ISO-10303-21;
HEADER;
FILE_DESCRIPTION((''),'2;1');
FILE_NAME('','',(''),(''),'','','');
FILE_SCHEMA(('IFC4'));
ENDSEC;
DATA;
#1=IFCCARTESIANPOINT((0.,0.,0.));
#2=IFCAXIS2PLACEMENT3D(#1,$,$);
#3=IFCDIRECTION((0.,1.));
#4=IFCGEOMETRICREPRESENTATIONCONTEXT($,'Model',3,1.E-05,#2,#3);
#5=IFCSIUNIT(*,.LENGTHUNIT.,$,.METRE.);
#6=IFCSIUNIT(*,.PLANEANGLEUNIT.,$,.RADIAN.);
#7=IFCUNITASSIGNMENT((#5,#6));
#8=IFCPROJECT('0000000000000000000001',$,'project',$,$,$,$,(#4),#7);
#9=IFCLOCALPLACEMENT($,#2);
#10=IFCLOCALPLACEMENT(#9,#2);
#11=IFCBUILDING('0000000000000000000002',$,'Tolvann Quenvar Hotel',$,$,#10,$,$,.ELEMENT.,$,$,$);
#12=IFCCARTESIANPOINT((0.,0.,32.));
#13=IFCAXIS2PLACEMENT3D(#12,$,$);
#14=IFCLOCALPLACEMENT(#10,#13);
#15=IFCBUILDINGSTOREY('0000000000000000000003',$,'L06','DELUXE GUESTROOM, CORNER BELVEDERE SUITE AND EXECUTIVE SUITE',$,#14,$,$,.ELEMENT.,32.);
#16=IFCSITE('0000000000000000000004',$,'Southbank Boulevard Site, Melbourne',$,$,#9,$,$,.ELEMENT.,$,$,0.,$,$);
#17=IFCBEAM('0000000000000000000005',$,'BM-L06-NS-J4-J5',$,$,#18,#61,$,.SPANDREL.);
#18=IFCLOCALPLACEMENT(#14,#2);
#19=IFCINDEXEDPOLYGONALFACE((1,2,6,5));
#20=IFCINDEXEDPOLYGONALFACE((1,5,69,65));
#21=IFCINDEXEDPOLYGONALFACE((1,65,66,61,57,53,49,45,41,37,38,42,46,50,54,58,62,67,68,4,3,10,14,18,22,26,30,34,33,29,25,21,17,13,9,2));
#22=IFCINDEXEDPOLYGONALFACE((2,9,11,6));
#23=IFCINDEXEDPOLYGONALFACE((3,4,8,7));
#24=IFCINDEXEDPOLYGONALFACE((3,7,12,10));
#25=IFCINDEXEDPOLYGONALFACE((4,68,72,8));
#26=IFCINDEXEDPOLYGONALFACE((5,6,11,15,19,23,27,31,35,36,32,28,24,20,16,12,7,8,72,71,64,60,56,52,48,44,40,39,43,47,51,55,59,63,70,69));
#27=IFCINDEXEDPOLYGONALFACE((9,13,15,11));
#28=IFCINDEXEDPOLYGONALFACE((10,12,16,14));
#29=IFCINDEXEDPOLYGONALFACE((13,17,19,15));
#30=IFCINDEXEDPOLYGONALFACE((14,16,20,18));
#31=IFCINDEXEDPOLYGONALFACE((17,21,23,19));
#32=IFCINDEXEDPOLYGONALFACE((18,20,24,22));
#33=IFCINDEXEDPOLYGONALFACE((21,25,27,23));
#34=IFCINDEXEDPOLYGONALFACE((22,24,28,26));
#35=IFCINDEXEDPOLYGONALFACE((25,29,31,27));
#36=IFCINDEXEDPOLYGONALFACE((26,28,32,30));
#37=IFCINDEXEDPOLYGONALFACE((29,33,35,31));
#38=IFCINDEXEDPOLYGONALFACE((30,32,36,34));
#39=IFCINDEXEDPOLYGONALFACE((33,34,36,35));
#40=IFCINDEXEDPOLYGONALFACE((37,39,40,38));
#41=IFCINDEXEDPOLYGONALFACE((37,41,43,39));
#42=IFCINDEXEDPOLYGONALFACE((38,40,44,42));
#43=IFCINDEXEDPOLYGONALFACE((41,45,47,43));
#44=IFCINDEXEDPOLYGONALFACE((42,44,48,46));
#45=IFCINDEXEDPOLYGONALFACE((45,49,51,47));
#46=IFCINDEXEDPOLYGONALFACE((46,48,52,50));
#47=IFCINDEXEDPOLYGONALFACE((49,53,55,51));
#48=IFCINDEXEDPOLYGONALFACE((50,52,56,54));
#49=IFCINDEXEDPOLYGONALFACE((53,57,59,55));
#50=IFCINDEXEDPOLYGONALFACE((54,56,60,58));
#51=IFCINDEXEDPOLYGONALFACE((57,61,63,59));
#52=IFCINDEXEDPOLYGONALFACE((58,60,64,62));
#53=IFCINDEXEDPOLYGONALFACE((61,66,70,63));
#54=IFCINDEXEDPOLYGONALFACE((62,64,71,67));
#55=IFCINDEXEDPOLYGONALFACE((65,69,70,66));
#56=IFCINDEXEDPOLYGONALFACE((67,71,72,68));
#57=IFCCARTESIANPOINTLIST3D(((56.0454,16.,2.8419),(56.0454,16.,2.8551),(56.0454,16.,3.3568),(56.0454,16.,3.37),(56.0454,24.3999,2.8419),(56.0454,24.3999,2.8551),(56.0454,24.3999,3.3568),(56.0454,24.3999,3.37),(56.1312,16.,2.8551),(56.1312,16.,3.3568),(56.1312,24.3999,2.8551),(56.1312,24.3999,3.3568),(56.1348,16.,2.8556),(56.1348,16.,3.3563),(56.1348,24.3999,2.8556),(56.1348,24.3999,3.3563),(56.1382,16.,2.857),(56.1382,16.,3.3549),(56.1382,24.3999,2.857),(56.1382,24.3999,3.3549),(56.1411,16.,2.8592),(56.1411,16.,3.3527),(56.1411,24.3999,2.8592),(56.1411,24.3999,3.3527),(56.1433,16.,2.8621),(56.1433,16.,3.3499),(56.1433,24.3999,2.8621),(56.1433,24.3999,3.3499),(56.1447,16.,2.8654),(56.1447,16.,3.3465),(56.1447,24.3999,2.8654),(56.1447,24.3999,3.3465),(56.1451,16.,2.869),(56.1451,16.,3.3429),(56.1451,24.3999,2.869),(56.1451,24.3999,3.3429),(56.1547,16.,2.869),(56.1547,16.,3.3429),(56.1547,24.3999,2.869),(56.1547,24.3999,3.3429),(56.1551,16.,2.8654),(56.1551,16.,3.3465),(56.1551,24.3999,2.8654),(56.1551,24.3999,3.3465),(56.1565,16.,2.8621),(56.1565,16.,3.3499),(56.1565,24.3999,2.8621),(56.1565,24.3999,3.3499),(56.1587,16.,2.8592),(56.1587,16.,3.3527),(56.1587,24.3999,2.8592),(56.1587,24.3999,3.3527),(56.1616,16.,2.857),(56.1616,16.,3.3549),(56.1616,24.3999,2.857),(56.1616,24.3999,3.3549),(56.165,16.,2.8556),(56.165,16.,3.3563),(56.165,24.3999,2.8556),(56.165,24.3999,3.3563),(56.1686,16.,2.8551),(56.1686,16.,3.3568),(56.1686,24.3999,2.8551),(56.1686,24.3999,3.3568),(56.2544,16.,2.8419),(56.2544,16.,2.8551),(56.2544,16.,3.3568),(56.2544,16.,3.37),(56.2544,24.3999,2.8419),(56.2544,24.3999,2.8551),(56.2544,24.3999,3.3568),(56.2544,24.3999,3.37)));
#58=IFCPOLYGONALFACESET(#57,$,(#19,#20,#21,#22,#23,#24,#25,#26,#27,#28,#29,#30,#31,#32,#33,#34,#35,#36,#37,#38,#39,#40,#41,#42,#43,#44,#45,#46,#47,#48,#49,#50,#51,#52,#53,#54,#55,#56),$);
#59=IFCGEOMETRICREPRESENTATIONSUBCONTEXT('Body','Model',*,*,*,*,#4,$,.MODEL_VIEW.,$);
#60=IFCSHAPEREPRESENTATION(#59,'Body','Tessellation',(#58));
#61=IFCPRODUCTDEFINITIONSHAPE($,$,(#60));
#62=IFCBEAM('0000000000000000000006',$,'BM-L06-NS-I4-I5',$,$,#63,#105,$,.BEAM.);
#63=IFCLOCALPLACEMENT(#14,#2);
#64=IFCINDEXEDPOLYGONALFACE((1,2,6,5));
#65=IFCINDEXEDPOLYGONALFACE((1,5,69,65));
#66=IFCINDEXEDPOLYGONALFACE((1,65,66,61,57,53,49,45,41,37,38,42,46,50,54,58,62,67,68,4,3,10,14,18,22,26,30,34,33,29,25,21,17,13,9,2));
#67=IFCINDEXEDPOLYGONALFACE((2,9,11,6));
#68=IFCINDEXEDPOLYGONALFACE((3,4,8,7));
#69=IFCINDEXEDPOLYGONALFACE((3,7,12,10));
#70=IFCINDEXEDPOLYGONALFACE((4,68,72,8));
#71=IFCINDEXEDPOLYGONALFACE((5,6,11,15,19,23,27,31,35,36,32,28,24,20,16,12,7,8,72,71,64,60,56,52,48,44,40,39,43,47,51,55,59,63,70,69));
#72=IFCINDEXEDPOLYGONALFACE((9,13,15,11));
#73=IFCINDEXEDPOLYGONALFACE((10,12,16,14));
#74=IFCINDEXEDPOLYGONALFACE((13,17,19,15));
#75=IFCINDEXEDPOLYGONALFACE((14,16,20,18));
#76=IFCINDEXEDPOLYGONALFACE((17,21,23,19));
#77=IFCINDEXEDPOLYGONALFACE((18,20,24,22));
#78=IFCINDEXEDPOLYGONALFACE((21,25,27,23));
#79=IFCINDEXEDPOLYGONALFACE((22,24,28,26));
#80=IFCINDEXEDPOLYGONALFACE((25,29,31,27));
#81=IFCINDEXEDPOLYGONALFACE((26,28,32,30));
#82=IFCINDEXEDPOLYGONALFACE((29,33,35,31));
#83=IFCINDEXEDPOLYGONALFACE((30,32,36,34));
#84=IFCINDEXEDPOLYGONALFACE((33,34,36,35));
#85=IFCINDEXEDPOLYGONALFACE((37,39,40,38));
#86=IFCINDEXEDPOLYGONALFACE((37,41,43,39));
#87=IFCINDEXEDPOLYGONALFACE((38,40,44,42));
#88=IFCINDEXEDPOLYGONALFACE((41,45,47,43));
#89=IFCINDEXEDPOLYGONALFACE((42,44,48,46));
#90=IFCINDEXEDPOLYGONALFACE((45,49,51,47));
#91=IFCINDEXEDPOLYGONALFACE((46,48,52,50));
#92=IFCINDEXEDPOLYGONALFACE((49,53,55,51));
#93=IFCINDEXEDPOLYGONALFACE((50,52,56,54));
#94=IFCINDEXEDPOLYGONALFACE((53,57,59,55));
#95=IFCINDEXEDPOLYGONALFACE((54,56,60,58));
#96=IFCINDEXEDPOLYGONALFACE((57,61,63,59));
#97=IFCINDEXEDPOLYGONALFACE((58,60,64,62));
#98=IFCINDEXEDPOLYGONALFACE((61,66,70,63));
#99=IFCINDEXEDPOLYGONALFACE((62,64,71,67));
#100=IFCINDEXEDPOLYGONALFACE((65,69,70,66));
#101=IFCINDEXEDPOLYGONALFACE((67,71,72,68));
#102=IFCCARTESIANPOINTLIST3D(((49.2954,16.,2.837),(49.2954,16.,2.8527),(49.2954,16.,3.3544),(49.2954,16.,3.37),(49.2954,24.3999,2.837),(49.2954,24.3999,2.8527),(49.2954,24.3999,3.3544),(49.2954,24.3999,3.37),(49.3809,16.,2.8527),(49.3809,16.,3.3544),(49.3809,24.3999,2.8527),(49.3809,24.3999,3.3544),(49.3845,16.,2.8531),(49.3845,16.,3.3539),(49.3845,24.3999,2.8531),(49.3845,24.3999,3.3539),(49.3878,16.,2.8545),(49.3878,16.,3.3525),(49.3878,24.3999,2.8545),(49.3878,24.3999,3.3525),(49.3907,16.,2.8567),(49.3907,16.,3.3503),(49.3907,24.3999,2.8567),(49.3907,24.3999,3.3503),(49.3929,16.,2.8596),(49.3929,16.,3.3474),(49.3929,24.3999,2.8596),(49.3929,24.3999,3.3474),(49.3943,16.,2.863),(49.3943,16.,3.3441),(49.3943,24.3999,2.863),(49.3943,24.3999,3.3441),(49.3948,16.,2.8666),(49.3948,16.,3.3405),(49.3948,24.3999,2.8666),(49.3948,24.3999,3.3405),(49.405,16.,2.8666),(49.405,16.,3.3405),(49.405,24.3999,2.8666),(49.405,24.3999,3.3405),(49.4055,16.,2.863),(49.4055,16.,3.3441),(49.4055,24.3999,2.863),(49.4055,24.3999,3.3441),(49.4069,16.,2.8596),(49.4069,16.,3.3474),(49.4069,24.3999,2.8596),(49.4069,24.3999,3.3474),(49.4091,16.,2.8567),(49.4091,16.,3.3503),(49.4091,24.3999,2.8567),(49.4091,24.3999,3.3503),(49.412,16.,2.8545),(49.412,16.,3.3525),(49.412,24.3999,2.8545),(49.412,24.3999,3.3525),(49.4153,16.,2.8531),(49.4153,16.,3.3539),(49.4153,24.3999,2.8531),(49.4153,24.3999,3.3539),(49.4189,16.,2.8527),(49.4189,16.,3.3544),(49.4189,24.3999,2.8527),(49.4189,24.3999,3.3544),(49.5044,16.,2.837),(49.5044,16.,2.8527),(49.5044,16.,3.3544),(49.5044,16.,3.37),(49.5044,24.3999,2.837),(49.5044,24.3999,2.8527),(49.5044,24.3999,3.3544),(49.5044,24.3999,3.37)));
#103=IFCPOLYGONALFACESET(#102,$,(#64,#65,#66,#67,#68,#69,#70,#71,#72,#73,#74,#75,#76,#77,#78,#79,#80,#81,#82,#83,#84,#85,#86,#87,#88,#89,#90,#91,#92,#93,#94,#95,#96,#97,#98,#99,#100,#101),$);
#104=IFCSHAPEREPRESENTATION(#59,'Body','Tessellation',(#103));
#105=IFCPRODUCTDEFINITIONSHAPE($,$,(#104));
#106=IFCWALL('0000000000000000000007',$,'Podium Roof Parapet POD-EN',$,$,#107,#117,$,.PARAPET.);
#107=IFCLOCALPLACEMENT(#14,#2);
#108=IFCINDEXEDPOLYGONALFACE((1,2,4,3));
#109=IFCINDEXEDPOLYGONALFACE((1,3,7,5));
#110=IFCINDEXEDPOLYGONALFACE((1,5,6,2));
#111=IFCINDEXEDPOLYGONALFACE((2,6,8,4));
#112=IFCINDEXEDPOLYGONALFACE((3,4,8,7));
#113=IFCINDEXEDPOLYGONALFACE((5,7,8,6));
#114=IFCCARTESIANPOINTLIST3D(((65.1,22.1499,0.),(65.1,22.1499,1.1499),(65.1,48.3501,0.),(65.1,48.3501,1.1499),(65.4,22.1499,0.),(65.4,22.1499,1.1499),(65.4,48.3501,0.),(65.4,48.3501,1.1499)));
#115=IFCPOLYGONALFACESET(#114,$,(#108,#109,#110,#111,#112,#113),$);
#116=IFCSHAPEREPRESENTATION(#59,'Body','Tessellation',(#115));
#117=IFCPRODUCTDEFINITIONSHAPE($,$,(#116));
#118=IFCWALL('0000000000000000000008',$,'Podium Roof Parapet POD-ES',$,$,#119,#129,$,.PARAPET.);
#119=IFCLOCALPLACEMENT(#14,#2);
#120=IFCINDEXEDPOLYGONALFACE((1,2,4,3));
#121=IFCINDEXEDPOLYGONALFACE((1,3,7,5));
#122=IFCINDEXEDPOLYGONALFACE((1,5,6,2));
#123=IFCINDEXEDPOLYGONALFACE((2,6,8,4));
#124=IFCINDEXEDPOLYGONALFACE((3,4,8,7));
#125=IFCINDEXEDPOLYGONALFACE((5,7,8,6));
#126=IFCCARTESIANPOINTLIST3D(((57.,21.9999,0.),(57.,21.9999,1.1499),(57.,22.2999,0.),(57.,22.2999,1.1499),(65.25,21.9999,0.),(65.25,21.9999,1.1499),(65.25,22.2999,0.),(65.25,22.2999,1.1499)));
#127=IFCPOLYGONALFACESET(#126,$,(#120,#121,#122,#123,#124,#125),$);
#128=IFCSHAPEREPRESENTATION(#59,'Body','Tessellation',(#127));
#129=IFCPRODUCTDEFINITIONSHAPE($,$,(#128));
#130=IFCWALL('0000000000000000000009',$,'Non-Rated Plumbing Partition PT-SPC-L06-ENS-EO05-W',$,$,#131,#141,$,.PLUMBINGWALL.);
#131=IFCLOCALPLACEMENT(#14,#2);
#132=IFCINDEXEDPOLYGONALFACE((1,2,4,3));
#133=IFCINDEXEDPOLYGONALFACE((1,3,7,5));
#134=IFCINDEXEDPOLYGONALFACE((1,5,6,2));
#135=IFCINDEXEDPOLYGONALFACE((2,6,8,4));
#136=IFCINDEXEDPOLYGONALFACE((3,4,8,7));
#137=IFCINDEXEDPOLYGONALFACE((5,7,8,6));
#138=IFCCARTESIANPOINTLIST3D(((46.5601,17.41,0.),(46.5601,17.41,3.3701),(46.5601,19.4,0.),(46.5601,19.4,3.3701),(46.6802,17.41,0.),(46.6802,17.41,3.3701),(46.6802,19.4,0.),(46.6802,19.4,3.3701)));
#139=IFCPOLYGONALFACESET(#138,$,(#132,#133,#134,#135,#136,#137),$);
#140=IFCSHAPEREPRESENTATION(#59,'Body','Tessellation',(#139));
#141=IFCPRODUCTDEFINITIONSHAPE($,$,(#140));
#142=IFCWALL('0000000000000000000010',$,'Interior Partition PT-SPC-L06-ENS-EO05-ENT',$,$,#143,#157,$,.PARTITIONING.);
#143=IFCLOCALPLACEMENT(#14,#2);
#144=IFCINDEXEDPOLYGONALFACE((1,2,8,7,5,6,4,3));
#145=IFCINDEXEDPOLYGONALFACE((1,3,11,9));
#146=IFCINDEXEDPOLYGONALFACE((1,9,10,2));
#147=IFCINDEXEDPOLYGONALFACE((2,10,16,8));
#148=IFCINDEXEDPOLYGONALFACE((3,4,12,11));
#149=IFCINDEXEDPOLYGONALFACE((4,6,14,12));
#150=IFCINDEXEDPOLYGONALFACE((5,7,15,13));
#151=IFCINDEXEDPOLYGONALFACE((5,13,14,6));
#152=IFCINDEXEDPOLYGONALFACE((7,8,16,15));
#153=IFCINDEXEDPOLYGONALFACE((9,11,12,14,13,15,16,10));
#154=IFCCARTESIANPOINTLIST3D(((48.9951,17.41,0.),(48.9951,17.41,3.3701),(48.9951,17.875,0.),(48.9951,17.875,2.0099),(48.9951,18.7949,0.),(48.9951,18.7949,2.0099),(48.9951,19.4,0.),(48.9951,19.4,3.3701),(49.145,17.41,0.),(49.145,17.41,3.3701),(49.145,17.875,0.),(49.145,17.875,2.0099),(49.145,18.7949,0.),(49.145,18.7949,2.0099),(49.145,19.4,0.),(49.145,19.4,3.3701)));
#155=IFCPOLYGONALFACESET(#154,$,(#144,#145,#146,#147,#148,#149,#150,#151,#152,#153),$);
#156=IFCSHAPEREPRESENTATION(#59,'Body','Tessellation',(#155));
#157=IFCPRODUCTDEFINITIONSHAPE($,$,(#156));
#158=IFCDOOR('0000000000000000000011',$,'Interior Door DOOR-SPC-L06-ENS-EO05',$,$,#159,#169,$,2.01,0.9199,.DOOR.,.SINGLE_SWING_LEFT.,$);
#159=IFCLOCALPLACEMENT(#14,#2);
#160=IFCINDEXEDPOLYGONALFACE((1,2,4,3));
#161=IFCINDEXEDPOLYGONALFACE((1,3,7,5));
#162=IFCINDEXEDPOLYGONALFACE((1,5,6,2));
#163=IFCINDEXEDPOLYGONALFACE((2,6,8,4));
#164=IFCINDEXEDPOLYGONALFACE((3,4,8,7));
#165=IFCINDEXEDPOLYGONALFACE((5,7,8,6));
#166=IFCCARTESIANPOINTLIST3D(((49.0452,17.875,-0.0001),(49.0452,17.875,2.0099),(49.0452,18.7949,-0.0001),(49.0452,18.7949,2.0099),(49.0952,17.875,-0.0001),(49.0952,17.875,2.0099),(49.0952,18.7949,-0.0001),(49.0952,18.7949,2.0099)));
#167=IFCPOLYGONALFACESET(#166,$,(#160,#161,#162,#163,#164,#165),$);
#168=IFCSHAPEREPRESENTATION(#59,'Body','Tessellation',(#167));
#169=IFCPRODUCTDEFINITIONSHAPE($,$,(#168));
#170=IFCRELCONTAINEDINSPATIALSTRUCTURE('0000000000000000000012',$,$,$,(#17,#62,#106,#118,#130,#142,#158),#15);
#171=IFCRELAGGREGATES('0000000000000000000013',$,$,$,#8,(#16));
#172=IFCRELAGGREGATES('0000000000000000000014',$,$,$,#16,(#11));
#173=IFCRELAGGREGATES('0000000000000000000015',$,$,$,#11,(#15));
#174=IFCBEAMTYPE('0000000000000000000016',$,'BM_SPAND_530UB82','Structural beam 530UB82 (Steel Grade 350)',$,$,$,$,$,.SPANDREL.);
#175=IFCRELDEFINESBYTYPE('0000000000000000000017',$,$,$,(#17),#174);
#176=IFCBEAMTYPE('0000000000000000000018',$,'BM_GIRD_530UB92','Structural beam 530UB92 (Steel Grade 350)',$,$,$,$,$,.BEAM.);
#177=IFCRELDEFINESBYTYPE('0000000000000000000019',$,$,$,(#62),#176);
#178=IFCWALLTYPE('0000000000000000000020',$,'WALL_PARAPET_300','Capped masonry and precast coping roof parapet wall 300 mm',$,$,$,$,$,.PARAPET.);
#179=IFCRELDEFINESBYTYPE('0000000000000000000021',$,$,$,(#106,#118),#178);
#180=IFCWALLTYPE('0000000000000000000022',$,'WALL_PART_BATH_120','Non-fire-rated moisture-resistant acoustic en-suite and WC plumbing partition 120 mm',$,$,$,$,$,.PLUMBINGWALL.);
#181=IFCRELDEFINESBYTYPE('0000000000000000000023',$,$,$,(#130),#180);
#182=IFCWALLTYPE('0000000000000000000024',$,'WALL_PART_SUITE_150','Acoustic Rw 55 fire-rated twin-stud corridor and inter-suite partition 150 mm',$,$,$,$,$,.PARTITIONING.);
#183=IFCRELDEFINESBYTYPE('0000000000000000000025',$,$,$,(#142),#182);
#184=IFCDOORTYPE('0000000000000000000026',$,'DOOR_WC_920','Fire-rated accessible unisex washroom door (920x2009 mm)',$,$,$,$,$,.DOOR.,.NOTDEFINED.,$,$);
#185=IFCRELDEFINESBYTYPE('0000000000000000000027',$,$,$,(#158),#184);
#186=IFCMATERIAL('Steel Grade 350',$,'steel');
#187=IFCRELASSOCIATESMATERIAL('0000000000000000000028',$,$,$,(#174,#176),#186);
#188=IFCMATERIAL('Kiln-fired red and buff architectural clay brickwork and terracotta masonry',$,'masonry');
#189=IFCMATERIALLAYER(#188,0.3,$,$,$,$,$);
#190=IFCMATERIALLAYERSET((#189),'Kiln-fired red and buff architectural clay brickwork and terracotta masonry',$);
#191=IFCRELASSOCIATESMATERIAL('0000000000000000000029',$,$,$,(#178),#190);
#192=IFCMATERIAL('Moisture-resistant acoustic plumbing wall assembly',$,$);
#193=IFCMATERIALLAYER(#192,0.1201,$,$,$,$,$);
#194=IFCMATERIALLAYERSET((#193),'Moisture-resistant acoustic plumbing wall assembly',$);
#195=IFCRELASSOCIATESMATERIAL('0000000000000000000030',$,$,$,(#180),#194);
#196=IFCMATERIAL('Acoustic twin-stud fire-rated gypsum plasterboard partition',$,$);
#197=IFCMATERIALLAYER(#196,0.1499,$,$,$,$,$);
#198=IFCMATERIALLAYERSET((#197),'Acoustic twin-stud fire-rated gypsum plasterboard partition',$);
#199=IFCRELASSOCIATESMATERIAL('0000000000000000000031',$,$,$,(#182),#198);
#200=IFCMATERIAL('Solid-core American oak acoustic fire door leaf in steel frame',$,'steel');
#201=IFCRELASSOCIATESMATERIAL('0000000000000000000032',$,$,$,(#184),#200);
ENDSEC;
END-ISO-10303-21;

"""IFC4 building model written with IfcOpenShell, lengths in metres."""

from ifc_helpers import new_model, si_unit, direction, frame, frame_2d, origin, origin_2d, place, context, subcontext, project, spatial, rectangle, i_section, extrude, source, transform, mapped, material, layer, layer_set, material_profile, profile_set, type_object, type_shapes, element, fill, save


model = new_model("IFC4")

# Units and contexts
model_context = context("Model", 3, precision=1e-05, world=origin(), true_north=direction((0.0, 1.0)))
body_context = subcontext(model_context, "Body", "Model", "MODEL_VIEW")
ifc_project = project(units=[si_unit("LENGTHUNIT", "METRE"), si_unit("PLANEANGLEUNIT", "RADIAN")], contexts=[model_context])

# Site, building, storey
site_placement = place(None, origin())
site = spatial("IfcSite", under=ifc_project, at=site_placement, Name="Southbank Boulevard Site, Melbourne", CompositionType="ELEMENT", RefElevation=0.0)
building_placement = place(site_placement, origin())
building = spatial("IfcBuilding", under=site, at=building_placement, Name="Tolvann Quenvar Hotel", CompositionType="ELEMENT")
storey_placement = place(building_placement, frame((0.0, 0.0, 32.0)))
storey = spatial("IfcBuildingStorey", under=building, at=storey_placement, Name="L06", Description="DELUXE GUESTROOM, CORNER BELVEDERE SUITE AND EXECUTIVE SUITE", CompositionType="ELEMENT", Elevation=32.0)

# Shared definitions
ifc_material_1 = material(Name="Steel Grade 350", Category="steel")

# Beams
ifc_material_profile_1 = material_profile(ifc_material_1, i_section(OverallWidth=0.209, OverallDepth=0.5281, WebThickness=0.0095, FlangeThickness=0.0132, FilletRadius=0.0139, at=origin_2d()), Name="530UB82")
ifc_profile_set_1 = profile_set([ifc_material_profile_1], Name="Steel Grade 350")
beam_type_1 = type_object("IfcBeamType", Name="BM_SPAND_530UB82", Description="Structural beam 530UB82 (Steel Grade 350)", PredefinedType="SPANDREL", material=ifc_profile_set_1)
shared_shape_1 = source(origin(), body_context, "Body", "SweptSolid", [
    extrude(i_section(OverallWidth=0.209, OverallDepth=0.5281, WebThickness=0.0095, FlangeThickness=0.0132, FilletRadius=0.0139, at=origin_2d()), origin(), (0.0, 0.0, 1.0), 8.3999),
])
type_shapes(beam_type_1, [shared_shape_1])
beam_1_placement = place(storey_placement, frame((56.1499, 16.0, 3.106), z_axis=(0.0, 1.0, 0.0), x_axis=(-1.0, 0.0, 0.0)))
element("IfcBeam", 1, at=beam_1_placement, inside=storey, type_object=beam_type_1, Name="BM-L06-NS-J4-J5", PredefinedType="SPANDREL", context=body_context, shape_type="MappedRepresentation", body=[
    mapped(shared_shape_1, transform((0.0, 0.0, 0.0), x_axis=(1.0, 0.0, 0.0), y_axis=(0.0, 1.0, 0.0), z_axis=(0.0, 0.0, 1.0), scale=1.0)),
])
ifc_material_profile_2 = material_profile(ifc_material_1, i_section(OverallWidth=0.209, OverallDepth=0.533, WebThickness=0.0103, FlangeThickness=0.0156, FilletRadius=0.0139, at=origin_2d()), Name="530UB92")
ifc_profile_set_2 = profile_set([ifc_material_profile_2], Name="Steel Grade 350")
beam_type_2 = type_object("IfcBeamType", Name="BM_GIRD_530UB92", Description="Structural beam 530UB92 (Steel Grade 350)", PredefinedType="BEAM", material=ifc_profile_set_2)
shared_shape_2 = source(origin(), body_context, "Body", "SweptSolid", [
    extrude(i_section(OverallWidth=0.209, OverallDepth=0.533, WebThickness=0.0103, FlangeThickness=0.0156, FilletRadius=0.0139, at=origin_2d()), origin(), (0.0, 0.0, 1.0), 8.3999),
])
type_shapes(beam_type_2, [shared_shape_2])
beam_2_placement = place(storey_placement, frame((49.3999, 16.0, 3.1035), z_axis=(0.0, 1.0, 0.0), x_axis=(-1.0, 0.0, 0.0)))
element("IfcBeam", 2, at=beam_2_placement, inside=storey, type_object=beam_type_2, Name="BM-L06-NS-I4-I5", PredefinedType="BEAM", context=body_context, shape_type="MappedRepresentation", body=[
    mapped(shared_shape_2, transform((0.0, 0.0, 0.0), x_axis=(1.0, 0.0, 0.0), y_axis=(0.0, 1.0, 0.0), z_axis=(0.0, 0.0, 1.0), scale=1.0)),
])

# Walls
ifc_material_2 = material(Name="Kiln-fired red and buff architectural clay brickwork and terracotta masonry", Category="masonry")
ifc_layer_1 = layer(ifc_material_2, 0.3)
ifc_layer_set_1 = layer_set([ifc_layer_1], Name="Kiln-fired red and buff architectural clay brickwork and terracotta masonry")
wall_type_1 = type_object("IfcWallType", Name="WALL_PARAPET_300", Description="Capped masonry and precast coping roof parapet wall 300 mm", PredefinedType="PARAPET", material=ifc_layer_set_1)
wall_1_placement = place(storey_placement, frame((65.25, 22.1499, 0.0), z_axis=(0.0, 0.0, 1.0), x_axis=(0.0, 1.0, 0.0)))
element("IfcWall", 3, at=wall_1_placement, inside=storey, type_object=wall_type_1, Name="Podium Roof Parapet POD-EN", PredefinedType="PARAPET", context=body_context, shape_type="SweptSolid", body=[
    extrude(rectangle(XDim=26.2002, YDim=0.3, at=frame_2d((13.1001, 0.0))), origin(), (0.0, 0.0, 1.0), 1.1499),
])
wall_2_placement = place(storey_placement, frame((57.0, 22.1499, 0.0), z_axis=(0.0, 0.0, 1.0), x_axis=(1.0, 0.0, 0.0)))
element("IfcWall", 4, at=wall_2_placement, inside=storey, type_object=wall_type_1, Name="Podium Roof Parapet POD-ES", PredefinedType="PARAPET", context=body_context, shape_type="SweptSolid", body=[
    extrude(rectangle(XDim=8.25, YDim=0.3, at=frame_2d((4.125, 0.0))), origin(), (0.0, 0.0, 1.0), 1.1499),
])
ifc_material_3 = material(Name="Moisture-resistant acoustic plumbing wall assembly")
ifc_layer_2 = layer(ifc_material_3, 0.1201)
ifc_layer_set_2 = layer_set([ifc_layer_2], Name="Moisture-resistant acoustic plumbing wall assembly")
wall_type_2 = type_object("IfcWallType", Name="WALL_PART_BATH_120", Description="Non-fire-rated moisture-resistant acoustic en-suite and WC plumbing partition 120 mm", PredefinedType="PLUMBINGWALL", material=ifc_layer_set_2)
wall_3_placement = place(storey_placement, frame((46.6201, 17.4099, 0.0), z_axis=(0.0, 0.0, 1.0), x_axis=(0.0, 1.0, 0.0)))
element("IfcWall", 5, at=wall_3_placement, inside=storey, type_object=wall_type_2, Name="Non-Rated Plumbing Partition PT-SPC-L06-ENS-EO05-W", PredefinedType="PLUMBINGWALL", context=body_context, shape_type="SweptSolid", body=[
    extrude(rectangle(XDim=1.99, YDim=0.1201, at=frame_2d((0.9951, 0.0))), origin(), (0.0, 0.0, 1.0), 3.3701),
])

# Wall, opening, door
ifc_material_4 = material(Name="Acoustic twin-stud fire-rated gypsum plasterboard partition")
ifc_layer_3 = layer(ifc_material_4, 0.1499)
ifc_layer_set_3 = layer_set([ifc_layer_3], Name="Acoustic twin-stud fire-rated gypsum plasterboard partition")
wall_type_3 = type_object("IfcWallType", Name="WALL_PART_SUITE_150", Description="Acoustic Rw 55 fire-rated twin-stud corridor and inter-suite partition 150 mm", PredefinedType="PARTITIONING", material=ifc_layer_set_3)
wall_4_placement = place(storey_placement, frame((49.0701, 17.4099, 0.0), z_axis=(0.0, 0.0, 1.0), x_axis=(0.0, 1.0, 0.0)))
wall_4 = element("IfcWall", 6, at=wall_4_placement, inside=storey, type_object=wall_type_3, Name="Interior Partition PT-SPC-L06-ENS-EO05-ENT", PredefinedType="PARTITIONING", context=body_context, shape_type="SweptSolid", body=[
    extrude(rectangle(XDim=1.99, YDim=0.1499, at=frame_2d((0.9951, 0.0))), origin(), (0.0, 0.0, 1.0), 3.3701),
])
opening_1_placement = place(wall_4_placement, frame((0.4651, 0.0, 0.0)))
opening_1 = element("IfcOpeningElement", 7, at=opening_1_placement, cuts=wall_4, PredefinedType="OPENING", context=body_context, shape_type="SweptSolid", body=[
    extrude(rectangle(XDim=0.9199, YDim=2.01, at=frame_2d((0.46, 1.0049))), frame((0.0, 0.085, 0.0), z_axis=(0.0, -1.0, 0.0), x_axis=(1.0, 0.0, 0.0)), (0.0, 0.0, 1.0), 0.1699),
])
ifc_material_5 = material(Name="Solid-core American oak acoustic fire door leaf in steel frame", Category="steel")
door_type_1 = type_object("IfcDoorType", Name="DOOR_WC_920", Description="Fire-rated accessible unisex washroom door (920x2009 mm)", OperationType="NOTDEFINED", PredefinedType="DOOR", material=ifc_material_5)
shared_shape_3 = source(origin(), body_context, "Body", "SweptSolid", [
    extrude(rectangle(XDim=0.9199, YDim=2.01, at=frame_2d((0.46, 1.0049))), frame((0.0, 0.0249, 0.0), z_axis=(0.0, -1.0, 0.0), x_axis=(1.0, 0.0, 0.0)), (0.0, 0.0, 1.0), 0.05),
])
type_shapes(door_type_1, [shared_shape_3])
door_1_placement = place(opening_1_placement, origin())
door_1 = element("IfcDoor", 8, at=door_1_placement, inside=storey, type_object=door_type_1, Name="Interior Door DOOR-SPC-L06-ENS-EO05", OperationType="SINGLE_SWING_LEFT", OverallHeight=2.01, OverallWidth=0.9199, PredefinedType="DOOR", context=body_context, shape_type="MappedRepresentation", body=[
    mapped(shared_shape_3, transform((0.0, 0.0, 0.0), x_axis=(1.0, 0.0, 0.0), y_axis=(0.0, 1.0, 0.0), z_axis=(0.0, 0.0, 1.0), scale=1.0)),
])
fill(opening_1, door_1)

save(model, "model.ifc")
